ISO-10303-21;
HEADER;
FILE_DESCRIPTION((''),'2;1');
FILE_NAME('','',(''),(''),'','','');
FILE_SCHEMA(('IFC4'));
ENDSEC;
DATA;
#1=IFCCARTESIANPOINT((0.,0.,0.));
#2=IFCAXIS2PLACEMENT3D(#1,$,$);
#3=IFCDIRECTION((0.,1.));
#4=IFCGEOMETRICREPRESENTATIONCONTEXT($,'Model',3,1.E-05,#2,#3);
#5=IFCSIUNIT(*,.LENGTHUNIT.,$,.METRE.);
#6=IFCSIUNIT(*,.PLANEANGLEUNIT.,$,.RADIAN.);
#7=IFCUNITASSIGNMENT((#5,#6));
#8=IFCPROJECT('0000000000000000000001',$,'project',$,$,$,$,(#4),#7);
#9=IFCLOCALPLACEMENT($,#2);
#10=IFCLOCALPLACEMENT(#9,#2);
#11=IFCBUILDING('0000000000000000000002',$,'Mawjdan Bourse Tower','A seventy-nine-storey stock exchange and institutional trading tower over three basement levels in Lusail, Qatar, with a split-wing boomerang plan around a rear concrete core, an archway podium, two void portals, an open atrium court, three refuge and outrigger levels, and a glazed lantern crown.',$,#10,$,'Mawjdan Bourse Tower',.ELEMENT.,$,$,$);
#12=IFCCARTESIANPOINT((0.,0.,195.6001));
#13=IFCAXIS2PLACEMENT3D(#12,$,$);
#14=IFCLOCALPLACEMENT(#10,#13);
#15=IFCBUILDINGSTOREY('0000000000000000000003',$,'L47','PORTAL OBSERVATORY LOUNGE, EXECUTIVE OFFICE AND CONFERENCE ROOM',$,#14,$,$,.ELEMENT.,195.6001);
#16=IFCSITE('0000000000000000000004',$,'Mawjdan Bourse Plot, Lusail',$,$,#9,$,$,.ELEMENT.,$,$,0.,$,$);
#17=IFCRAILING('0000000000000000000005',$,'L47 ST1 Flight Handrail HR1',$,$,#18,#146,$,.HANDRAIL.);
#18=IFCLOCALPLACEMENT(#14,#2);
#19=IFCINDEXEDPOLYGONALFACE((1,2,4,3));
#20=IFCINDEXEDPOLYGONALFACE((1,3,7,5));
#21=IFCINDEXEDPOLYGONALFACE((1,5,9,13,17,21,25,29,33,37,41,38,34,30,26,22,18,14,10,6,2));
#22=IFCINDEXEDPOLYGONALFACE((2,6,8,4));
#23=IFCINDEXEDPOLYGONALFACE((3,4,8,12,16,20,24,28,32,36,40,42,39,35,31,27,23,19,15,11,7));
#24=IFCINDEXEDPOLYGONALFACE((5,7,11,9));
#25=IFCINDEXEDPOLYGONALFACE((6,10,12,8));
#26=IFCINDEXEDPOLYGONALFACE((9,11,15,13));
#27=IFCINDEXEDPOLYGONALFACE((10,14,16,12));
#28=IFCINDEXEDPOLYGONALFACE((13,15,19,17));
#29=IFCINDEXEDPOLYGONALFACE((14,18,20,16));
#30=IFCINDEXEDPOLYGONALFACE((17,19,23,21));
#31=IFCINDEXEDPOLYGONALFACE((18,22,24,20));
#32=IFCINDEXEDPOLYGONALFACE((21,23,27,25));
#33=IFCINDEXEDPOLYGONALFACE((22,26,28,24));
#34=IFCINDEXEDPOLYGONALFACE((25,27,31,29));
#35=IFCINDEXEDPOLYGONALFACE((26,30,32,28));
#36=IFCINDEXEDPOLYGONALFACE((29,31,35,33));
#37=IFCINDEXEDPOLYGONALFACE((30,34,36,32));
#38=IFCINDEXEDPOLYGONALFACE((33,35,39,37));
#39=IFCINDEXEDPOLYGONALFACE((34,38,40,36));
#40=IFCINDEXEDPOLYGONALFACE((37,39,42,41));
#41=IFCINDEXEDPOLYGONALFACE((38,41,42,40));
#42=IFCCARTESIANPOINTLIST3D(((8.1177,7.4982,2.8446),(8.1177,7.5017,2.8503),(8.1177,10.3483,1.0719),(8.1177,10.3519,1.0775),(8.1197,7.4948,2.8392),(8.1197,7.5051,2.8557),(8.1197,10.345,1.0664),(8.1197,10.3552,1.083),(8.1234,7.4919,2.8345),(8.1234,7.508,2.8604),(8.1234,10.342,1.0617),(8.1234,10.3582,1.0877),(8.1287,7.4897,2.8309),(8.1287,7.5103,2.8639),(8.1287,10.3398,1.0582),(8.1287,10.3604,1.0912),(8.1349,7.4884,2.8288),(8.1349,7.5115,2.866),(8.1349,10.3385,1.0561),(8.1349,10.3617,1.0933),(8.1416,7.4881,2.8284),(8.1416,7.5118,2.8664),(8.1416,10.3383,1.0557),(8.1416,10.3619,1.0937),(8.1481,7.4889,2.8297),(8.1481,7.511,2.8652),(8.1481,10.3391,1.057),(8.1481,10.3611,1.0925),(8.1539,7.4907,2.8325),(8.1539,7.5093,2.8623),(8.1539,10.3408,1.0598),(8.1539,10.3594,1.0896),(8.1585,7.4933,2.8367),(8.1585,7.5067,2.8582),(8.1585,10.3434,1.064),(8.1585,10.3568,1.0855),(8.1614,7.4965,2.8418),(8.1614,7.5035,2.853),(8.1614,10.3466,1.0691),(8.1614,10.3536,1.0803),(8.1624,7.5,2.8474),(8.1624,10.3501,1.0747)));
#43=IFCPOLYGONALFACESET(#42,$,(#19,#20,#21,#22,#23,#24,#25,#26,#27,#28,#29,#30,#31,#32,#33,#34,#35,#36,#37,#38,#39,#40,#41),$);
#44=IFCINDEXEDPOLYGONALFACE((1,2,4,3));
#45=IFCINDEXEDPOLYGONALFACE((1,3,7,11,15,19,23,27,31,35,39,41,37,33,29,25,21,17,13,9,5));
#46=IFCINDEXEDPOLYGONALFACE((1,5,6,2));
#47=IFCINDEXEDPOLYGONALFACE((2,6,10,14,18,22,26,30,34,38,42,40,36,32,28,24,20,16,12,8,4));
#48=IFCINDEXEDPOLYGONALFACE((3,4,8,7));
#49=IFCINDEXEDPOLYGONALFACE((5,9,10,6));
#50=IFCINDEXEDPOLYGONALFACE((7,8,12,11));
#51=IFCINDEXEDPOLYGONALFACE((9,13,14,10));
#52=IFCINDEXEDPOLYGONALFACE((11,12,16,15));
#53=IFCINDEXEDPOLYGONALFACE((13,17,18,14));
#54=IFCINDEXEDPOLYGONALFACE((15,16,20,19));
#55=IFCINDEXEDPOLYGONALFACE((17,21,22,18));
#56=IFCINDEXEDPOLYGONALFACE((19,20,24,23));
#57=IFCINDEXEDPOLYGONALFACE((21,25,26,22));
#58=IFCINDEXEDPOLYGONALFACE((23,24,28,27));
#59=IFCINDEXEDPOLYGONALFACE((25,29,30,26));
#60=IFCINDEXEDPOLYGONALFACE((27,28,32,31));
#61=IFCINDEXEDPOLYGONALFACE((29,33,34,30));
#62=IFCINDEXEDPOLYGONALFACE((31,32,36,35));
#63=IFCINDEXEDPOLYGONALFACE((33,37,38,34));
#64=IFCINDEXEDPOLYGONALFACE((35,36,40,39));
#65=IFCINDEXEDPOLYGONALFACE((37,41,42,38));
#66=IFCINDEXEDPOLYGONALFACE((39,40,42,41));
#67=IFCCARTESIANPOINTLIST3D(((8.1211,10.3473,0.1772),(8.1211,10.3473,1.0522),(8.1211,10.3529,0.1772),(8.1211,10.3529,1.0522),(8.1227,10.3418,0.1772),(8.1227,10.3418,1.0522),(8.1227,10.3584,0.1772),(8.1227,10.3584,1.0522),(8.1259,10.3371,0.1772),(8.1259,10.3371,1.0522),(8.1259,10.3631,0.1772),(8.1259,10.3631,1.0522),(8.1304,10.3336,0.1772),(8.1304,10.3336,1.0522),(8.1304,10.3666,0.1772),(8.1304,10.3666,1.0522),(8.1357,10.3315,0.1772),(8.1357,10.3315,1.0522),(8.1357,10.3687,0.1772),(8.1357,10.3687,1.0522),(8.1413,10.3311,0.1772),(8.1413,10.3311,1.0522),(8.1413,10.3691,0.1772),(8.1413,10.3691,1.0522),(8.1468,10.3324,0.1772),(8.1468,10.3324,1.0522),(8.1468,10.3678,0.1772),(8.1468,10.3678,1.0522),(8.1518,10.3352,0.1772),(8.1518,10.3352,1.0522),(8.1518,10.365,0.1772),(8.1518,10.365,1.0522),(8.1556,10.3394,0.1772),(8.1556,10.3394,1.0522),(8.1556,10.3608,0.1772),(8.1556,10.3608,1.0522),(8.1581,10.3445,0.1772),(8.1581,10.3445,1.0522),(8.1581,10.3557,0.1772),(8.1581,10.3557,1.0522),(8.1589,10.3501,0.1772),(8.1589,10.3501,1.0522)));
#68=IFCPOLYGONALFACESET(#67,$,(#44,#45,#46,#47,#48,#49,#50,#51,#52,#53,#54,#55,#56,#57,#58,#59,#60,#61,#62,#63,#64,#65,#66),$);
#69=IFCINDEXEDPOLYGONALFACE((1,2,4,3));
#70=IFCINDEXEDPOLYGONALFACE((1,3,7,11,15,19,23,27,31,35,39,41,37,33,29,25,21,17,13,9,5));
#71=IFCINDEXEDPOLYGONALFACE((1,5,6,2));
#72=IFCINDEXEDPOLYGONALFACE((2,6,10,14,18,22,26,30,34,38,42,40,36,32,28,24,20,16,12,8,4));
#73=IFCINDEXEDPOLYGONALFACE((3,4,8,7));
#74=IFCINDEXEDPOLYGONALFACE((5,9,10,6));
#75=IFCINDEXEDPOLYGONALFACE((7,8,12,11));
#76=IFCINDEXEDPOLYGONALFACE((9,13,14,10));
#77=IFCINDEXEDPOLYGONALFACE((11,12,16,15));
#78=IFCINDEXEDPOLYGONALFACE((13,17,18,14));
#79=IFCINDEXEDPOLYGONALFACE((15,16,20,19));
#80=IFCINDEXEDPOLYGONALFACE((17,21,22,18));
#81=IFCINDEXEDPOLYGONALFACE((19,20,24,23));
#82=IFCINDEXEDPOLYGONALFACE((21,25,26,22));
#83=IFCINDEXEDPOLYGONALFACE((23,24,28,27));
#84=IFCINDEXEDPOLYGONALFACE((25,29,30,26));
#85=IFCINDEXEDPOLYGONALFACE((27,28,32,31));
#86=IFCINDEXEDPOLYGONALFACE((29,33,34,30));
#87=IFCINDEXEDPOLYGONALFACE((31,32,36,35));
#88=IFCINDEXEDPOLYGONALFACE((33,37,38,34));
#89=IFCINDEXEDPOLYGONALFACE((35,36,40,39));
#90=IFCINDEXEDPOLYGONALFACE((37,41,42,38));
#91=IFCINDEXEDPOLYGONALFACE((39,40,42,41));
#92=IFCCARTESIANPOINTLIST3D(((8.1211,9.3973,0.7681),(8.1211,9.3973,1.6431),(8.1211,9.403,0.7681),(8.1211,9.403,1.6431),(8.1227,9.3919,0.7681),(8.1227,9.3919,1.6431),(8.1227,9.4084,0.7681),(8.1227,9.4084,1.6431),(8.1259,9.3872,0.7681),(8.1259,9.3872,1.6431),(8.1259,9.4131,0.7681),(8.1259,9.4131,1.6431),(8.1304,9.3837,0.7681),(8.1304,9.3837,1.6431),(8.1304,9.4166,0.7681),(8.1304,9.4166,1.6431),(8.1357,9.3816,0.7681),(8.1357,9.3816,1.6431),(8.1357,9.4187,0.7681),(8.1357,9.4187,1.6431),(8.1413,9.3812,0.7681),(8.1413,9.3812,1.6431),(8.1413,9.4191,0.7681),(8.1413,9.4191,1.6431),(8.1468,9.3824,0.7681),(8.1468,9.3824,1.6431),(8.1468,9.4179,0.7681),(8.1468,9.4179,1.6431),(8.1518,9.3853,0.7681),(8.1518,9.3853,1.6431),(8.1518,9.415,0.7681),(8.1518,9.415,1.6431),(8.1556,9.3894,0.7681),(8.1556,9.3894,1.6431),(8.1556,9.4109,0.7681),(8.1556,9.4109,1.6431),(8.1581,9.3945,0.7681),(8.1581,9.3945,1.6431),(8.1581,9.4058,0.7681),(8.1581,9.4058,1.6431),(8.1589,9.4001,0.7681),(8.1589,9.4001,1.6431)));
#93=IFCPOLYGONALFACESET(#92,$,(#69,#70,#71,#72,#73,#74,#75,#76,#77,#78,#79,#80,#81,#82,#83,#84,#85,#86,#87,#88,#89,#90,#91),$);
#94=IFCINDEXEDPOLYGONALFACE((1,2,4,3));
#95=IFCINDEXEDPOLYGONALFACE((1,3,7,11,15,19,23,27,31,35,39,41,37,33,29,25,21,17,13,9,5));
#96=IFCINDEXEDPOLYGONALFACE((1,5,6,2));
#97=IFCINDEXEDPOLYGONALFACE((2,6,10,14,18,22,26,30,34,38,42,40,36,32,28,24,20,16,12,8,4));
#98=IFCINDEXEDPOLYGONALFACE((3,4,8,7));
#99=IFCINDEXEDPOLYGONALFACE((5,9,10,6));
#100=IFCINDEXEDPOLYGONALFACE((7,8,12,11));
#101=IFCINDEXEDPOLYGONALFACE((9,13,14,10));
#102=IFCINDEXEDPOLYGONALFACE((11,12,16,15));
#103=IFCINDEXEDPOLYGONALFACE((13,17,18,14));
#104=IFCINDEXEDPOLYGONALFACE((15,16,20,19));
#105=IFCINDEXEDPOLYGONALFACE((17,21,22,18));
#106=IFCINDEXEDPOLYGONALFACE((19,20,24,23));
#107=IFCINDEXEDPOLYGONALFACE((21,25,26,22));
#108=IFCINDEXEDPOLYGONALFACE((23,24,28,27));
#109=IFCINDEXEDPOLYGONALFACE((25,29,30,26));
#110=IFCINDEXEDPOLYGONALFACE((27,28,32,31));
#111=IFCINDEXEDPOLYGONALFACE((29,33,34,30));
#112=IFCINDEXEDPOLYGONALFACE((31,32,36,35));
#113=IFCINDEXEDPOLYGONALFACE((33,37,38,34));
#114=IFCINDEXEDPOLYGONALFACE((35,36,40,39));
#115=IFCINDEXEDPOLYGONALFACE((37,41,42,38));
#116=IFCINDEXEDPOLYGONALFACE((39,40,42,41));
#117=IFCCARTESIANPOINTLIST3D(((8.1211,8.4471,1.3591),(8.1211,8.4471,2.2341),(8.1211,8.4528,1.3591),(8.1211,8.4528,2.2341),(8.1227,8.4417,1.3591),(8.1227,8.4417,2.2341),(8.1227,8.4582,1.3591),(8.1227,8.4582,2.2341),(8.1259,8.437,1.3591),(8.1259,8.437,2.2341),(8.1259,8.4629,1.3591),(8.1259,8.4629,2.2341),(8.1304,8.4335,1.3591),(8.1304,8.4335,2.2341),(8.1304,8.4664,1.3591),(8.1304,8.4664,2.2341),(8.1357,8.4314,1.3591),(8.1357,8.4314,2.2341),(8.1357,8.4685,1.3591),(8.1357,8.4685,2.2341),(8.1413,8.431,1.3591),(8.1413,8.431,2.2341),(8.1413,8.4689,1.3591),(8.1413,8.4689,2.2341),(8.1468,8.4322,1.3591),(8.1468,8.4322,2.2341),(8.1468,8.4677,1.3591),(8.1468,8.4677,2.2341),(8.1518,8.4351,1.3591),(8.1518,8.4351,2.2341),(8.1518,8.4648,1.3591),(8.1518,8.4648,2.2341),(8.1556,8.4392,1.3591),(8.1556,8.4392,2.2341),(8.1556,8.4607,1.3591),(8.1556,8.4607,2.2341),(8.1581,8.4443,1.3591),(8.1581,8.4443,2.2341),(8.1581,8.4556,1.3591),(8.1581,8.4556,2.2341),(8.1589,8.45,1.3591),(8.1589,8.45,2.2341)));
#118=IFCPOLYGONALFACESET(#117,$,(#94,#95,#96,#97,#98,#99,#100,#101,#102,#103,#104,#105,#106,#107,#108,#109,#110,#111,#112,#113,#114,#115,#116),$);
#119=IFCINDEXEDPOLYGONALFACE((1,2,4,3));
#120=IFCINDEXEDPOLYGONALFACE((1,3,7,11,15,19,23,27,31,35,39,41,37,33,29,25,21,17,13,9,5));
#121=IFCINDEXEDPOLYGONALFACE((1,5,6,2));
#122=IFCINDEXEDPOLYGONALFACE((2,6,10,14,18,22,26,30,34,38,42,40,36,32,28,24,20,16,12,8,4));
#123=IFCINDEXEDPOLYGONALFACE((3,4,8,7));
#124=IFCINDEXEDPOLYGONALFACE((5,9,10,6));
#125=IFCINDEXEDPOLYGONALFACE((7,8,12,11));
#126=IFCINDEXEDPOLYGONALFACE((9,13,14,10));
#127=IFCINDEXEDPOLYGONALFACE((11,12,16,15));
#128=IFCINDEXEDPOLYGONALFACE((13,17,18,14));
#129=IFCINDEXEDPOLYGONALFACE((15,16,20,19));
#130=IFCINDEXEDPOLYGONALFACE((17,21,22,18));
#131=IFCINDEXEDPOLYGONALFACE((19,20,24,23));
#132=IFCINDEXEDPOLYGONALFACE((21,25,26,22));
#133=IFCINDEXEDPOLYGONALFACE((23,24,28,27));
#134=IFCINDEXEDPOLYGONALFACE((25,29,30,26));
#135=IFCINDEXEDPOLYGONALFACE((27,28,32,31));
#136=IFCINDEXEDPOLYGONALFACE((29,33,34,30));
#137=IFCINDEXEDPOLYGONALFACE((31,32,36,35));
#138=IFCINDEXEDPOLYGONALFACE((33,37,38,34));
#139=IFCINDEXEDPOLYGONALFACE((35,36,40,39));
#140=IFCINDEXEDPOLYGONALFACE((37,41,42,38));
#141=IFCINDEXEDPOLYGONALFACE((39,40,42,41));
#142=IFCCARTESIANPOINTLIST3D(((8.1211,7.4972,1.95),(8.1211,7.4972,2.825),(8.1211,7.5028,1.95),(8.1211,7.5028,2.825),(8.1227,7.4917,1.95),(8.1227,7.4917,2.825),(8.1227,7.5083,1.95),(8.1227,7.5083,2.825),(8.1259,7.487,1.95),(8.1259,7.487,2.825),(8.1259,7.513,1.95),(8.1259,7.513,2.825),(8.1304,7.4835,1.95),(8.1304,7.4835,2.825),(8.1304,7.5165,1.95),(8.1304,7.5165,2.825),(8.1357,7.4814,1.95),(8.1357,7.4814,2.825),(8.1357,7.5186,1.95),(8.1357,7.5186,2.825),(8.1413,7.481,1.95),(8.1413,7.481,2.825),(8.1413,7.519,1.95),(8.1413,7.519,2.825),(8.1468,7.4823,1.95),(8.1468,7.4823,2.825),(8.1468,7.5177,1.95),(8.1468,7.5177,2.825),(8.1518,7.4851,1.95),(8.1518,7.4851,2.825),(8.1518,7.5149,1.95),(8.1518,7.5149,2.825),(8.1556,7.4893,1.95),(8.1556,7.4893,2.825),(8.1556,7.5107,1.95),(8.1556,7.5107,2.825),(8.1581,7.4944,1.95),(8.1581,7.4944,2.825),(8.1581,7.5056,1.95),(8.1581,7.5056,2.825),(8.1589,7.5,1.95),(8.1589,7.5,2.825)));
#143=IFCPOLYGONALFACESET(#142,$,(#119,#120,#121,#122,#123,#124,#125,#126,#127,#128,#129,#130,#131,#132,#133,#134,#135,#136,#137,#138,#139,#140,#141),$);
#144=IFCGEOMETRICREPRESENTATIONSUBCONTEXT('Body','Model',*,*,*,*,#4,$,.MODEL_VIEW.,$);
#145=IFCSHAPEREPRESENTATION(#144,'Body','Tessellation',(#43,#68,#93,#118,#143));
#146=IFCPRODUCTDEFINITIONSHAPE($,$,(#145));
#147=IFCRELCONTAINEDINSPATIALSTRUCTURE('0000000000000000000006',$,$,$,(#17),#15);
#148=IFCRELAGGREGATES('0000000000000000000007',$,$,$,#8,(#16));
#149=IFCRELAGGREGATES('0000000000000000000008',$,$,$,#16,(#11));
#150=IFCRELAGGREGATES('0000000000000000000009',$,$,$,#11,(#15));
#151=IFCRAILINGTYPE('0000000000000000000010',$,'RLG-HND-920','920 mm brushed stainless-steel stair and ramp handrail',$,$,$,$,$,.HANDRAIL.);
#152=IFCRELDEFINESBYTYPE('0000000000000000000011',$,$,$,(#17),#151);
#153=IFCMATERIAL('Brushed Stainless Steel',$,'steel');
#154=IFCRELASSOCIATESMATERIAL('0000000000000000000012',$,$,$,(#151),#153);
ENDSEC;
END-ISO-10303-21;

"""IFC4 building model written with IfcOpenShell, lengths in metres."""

from ifc_helpers import new_model, si_unit, direction, frame, origin, origin_2d, place, context, subcontext, project, spatial, circle, extrude, material, type_object, element, save


model = new_model("IFC4")

# Units and contexts
model_context = context("Model", 3, precision=1e-05, world=origin(), true_north=direction((0.0, 1.0)))
body_context = subcontext(model_context, "Body", "Model", "MODEL_VIEW")
ifc_project = project(units=[si_unit("LENGTHUNIT", "METRE"), si_unit("PLANEANGLEUNIT", "RADIAN")], contexts=[model_context])

# Site, building, storey
site_placement = place(None, origin())
site = spatial("IfcSite", under=ifc_project, at=site_placement, Name="Mawjdan Bourse Plot, Lusail", CompositionType="ELEMENT", RefElevation=0.0)
building_placement = place(site_placement, origin())
building = spatial("IfcBuilding", under=site, at=building_placement, Name="Mawjdan Bourse Tower", Description="A seventy-nine-storey stock exchange and institutional trading tower over three basement levels in Lusail, Qatar, with a split-wing boomerang plan around a rear concrete core, an archway podium, two void portals, an open atrium court, three refuge and outrigger levels, and a glazed lantern crown.", LongName="Mawjdan Bourse Tower", CompositionType="ELEMENT")
storey_placement = place(building_placement, frame((0.0, 0.0, 195.6001)))
storey = spatial("IfcBuildingStorey", under=building, at=storey_placement, Name="L47", Description="PORTAL OBSERVATORY LOUNGE, EXECUTIVE OFFICE AND CONFERENCE ROOM", CompositionType="ELEMENT", Elevation=195.6001)

# Railing
ifc_material_1 = material(Name="Brushed Stainless Steel", Category="steel")
railing_type_1 = type_object("IfcRailingType", Name="RLG-HND-920", Description="920 mm brushed stainless-steel stair and ramp handrail", PredefinedType="HANDRAIL", material=ifc_material_1)
railing_1_placement = place(storey_placement, frame((8.1399, 10.3501, 0.1772)))
element("IfcRailing", 1, at=railing_1_placement, inside=storey, type_object=railing_type_1, Name="L47 ST1 Flight Handrail HR1", PredefinedType="HANDRAIL", context=body_context, shape_type="SweptSolid", body=[
    extrude(circle(Radius=0.0225, at=origin_2d()), frame((0.0, 0.0, 0.8975), z_axis=(0.0, -0.849149, 0.528154), x_axis=(1.0, 0.0, 0.0)), (0.0, 0.0, 1.0), 3.3564),
    extrude(circle(Radius=0.019, at=origin_2d()), origin(), (0.0, 0.0, 1.0), 0.875),
    extrude(circle(Radius=0.019, at=origin_2d()), frame((0.0, -0.95, 0.5908)), (0.0, 0.0, 1.0), 0.875),
    extrude(circle(Radius=0.019, at=origin_2d()), frame((0.0, -1.9001, 1.1819)), (0.0, 0.0, 1.0), 0.875),
    extrude(circle(Radius=0.019, at=origin_2d()), frame((0.0, -2.8501, 1.7727)), (0.0, 0.0, 1.0), 0.875),
])

save(model, "model.ifc")
